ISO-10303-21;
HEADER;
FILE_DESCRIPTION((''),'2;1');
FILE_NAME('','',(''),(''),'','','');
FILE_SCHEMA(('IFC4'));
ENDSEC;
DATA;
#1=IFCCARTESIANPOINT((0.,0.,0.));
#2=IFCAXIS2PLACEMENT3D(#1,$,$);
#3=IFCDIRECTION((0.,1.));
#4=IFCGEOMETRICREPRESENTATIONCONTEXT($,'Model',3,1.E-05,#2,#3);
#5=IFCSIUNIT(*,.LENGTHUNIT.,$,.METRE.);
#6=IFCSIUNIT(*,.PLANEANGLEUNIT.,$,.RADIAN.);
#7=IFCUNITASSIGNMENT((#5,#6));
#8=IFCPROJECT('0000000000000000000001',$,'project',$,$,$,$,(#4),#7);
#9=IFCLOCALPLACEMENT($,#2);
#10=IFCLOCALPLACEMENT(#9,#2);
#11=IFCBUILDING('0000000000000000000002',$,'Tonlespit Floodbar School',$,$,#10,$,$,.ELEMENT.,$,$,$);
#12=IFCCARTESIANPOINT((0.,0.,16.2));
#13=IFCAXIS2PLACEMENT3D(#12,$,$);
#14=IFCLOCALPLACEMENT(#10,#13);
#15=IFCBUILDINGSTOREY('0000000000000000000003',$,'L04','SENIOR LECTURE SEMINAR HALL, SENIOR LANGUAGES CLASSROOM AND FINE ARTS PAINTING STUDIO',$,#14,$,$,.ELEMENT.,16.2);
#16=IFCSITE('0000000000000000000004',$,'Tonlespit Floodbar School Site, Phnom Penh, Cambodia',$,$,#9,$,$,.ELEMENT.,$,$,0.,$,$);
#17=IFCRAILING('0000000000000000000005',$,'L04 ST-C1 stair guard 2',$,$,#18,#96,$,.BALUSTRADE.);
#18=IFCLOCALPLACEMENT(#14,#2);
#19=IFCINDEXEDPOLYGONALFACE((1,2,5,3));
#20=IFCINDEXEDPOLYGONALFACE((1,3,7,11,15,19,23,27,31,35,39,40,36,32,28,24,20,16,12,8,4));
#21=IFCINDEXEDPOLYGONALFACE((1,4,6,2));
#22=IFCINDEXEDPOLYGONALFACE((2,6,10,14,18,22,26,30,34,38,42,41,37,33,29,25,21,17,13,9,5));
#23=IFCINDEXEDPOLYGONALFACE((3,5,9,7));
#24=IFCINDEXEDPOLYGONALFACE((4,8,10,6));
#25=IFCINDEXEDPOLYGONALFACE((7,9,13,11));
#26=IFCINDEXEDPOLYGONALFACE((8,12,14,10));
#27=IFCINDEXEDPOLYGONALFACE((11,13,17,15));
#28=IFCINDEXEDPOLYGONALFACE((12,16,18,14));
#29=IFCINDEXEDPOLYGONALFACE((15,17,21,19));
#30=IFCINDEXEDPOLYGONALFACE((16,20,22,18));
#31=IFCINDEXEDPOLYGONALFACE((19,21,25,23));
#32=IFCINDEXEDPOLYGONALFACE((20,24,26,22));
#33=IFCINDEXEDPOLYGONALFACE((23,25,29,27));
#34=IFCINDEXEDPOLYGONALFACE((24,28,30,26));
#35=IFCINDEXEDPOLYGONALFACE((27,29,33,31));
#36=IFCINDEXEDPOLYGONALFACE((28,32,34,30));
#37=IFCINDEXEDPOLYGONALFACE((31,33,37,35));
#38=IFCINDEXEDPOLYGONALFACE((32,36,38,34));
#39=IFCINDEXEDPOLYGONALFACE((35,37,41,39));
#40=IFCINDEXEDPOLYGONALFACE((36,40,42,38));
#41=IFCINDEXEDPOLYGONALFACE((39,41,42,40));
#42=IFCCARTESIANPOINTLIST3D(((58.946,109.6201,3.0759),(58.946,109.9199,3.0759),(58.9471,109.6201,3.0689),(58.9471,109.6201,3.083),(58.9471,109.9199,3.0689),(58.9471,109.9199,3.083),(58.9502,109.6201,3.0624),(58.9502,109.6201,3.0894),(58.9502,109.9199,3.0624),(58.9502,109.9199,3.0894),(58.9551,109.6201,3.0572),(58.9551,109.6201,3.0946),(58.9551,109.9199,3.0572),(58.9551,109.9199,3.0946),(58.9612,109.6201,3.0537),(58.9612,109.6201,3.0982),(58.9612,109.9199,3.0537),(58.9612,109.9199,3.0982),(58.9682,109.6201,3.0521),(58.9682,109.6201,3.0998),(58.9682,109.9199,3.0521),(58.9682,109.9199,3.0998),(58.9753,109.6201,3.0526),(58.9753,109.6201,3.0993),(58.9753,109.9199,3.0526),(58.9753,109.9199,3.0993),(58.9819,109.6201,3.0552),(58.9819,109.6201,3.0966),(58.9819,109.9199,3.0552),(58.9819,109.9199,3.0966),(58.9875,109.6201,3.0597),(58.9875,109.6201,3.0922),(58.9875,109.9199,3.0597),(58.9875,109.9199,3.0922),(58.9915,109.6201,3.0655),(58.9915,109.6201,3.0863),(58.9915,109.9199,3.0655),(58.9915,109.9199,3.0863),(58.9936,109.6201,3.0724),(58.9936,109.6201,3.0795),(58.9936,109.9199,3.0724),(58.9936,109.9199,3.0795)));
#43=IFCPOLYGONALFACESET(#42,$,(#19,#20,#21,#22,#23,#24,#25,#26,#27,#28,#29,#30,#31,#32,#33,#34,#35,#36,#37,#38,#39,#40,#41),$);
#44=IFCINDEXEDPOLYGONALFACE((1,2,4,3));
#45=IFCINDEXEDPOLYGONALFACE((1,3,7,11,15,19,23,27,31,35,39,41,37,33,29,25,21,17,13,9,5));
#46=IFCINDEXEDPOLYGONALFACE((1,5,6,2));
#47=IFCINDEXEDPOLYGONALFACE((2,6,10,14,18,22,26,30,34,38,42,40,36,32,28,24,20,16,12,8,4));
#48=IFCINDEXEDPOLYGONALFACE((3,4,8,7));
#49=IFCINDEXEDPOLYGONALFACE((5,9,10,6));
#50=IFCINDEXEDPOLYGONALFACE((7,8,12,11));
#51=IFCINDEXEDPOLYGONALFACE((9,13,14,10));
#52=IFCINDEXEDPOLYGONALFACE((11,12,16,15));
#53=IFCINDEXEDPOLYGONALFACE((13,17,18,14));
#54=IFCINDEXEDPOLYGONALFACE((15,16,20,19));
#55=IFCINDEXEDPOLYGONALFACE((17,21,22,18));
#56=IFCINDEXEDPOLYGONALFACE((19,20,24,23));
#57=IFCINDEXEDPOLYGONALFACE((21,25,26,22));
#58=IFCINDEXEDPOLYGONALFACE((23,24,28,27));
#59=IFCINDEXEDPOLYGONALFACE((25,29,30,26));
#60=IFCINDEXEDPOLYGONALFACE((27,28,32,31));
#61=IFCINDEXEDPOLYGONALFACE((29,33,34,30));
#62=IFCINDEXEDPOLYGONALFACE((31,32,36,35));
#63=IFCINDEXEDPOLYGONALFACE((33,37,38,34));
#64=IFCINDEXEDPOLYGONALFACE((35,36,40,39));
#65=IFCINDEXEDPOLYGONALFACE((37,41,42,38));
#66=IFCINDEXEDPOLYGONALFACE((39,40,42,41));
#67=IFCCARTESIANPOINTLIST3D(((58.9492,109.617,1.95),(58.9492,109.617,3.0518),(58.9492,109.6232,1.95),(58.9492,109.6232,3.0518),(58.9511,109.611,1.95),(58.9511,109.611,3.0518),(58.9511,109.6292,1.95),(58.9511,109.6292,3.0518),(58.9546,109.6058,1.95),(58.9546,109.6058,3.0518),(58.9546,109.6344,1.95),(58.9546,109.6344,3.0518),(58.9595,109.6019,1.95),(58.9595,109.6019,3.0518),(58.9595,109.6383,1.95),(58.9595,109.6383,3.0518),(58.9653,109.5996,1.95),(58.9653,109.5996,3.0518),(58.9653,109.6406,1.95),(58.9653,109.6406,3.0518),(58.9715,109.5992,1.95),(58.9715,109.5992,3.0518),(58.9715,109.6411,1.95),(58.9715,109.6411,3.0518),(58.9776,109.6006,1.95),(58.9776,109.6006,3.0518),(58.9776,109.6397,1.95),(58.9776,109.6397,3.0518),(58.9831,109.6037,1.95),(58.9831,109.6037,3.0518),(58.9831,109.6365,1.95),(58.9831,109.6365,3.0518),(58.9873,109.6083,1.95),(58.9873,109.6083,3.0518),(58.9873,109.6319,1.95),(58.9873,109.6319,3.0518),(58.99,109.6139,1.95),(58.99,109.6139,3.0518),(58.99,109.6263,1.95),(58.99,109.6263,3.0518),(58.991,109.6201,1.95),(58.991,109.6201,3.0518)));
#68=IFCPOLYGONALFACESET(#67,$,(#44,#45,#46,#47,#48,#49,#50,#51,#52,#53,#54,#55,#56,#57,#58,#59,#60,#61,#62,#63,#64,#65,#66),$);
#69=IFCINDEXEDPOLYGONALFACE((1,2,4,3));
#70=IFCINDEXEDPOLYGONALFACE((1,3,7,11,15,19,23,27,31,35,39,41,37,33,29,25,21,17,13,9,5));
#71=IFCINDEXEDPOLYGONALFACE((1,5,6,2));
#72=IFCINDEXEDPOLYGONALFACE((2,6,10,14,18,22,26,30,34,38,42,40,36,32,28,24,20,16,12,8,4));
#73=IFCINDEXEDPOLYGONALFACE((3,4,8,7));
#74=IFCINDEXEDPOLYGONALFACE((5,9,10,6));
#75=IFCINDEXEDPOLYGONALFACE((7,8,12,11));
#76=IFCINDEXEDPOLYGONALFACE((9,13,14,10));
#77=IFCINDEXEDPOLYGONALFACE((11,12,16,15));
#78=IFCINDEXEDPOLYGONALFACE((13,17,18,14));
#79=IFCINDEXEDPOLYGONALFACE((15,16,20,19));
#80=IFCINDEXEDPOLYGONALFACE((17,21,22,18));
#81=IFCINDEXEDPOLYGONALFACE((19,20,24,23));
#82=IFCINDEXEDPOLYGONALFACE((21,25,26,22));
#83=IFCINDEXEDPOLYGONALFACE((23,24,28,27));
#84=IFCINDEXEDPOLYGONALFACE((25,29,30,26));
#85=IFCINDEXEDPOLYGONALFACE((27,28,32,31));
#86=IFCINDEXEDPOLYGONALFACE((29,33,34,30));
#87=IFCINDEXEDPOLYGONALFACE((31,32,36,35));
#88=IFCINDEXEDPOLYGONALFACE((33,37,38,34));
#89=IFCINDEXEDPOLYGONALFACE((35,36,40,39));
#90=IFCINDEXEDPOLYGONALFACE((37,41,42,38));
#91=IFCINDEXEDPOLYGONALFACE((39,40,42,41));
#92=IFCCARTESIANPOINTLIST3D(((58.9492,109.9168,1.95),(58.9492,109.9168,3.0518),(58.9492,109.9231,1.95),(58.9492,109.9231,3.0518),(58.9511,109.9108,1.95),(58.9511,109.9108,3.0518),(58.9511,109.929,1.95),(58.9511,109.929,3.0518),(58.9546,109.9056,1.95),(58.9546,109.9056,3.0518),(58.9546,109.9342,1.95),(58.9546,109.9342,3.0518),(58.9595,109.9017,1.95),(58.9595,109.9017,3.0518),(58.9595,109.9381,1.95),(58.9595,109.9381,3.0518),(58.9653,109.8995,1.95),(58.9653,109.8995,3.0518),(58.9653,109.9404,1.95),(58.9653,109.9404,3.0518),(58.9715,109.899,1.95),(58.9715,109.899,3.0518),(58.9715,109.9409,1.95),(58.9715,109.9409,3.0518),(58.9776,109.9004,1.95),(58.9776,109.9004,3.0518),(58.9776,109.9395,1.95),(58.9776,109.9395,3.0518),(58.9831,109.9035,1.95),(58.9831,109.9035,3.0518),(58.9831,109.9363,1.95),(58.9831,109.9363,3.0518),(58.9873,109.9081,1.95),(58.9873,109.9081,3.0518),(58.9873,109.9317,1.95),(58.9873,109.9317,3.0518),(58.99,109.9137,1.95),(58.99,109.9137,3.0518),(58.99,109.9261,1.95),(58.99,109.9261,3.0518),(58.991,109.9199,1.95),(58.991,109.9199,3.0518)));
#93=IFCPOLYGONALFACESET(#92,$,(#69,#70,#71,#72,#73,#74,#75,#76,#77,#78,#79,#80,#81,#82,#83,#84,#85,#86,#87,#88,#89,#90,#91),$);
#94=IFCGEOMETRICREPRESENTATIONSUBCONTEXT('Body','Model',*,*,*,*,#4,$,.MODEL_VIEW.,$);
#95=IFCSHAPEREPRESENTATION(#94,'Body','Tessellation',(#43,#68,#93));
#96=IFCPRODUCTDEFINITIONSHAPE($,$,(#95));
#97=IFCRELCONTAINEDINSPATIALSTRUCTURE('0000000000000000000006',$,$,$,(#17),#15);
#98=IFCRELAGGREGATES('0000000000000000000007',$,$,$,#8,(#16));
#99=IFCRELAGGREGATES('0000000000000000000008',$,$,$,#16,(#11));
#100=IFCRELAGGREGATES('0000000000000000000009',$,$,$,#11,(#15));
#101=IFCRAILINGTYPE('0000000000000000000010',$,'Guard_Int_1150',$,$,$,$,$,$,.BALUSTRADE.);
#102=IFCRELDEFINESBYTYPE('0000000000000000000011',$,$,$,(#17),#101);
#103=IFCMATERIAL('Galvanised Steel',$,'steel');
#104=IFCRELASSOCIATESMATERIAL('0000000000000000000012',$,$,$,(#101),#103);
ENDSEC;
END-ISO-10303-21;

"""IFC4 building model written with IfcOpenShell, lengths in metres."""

from ifc_helpers import new_model, si_unit, direction, frame, origin, origin_2d, place, context, subcontext, project, spatial, circle, extrude, material, type_object, element, save


model = new_model("IFC4")

# Units and contexts
model_context = context("Model", 3, precision=1e-05, world=origin(), true_north=direction((0.0, 1.0)))
body_context = subcontext(model_context, "Body", "Model", "MODEL_VIEW")
ifc_project = project(units=[si_unit("LENGTHUNIT", "METRE"), si_unit("PLANEANGLEUNIT", "RADIAN")], contexts=[model_context])

# Site, building, storey
site_placement = place(None, origin())
site = spatial("IfcSite", under=ifc_project, at=site_placement, Name="Tonlespit Floodbar School Site, Phnom Penh, Cambodia", CompositionType="ELEMENT", RefElevation=0.0)
building_placement = place(site_placement, origin())
building = spatial("IfcBuilding", under=site, at=building_placement, Name="Tonlespit Floodbar School", CompositionType="ELEMENT")
storey_placement = place(building_placement, frame((0.0, 0.0, 16.2)))
storey = spatial("IfcBuildingStorey", under=building, at=storey_placement, Name="L04", Description="SENIOR LECTURE SEMINAR HALL, SENIOR LANGUAGES CLASSROOM AND FINE ARTS PAINTING STUDIO", CompositionType="ELEMENT", Elevation=16.2)

# Shared definitions
ifc_material_1 = material(Name="Galvanised Steel", Category="steel")

# Railing
railing_type_1 = type_object("IfcRailingType", Name="Guard_Int_1150", PredefinedType="BALUSTRADE", material=ifc_material_1)
railing_1_placement = place(storey_placement, frame((58.97, 109.6201, 1.95)))
element("IfcRailing", 1, at=railing_1_placement, inside=storey, type_object=railing_type_1, Name="L04 ST-C1 stair guard 2", PredefinedType="BALUSTRADE", context=body_context, shape_type="SweptSolid", body=[
    extrude(circle(Radius=0.0239, at=origin_2d()), frame((0.0, 0.0, 1.126), z_axis=(0.0, 1.0, 0.0), x_axis=(-1.0, 0.0, 0.0)), (0.0, 0.0, 1.0), 0.2998),
    extrude(circle(Radius=0.021, at=origin_2d()), origin(), (0.0, 0.0, 1.0), 1.1018),
    extrude(circle(Radius=0.021, at=origin_2d()), frame((0.0, 0.2998, 0.0)), (0.0, 0.0, 1.0), 1.1018),
])

save(model, "model.ifc")
